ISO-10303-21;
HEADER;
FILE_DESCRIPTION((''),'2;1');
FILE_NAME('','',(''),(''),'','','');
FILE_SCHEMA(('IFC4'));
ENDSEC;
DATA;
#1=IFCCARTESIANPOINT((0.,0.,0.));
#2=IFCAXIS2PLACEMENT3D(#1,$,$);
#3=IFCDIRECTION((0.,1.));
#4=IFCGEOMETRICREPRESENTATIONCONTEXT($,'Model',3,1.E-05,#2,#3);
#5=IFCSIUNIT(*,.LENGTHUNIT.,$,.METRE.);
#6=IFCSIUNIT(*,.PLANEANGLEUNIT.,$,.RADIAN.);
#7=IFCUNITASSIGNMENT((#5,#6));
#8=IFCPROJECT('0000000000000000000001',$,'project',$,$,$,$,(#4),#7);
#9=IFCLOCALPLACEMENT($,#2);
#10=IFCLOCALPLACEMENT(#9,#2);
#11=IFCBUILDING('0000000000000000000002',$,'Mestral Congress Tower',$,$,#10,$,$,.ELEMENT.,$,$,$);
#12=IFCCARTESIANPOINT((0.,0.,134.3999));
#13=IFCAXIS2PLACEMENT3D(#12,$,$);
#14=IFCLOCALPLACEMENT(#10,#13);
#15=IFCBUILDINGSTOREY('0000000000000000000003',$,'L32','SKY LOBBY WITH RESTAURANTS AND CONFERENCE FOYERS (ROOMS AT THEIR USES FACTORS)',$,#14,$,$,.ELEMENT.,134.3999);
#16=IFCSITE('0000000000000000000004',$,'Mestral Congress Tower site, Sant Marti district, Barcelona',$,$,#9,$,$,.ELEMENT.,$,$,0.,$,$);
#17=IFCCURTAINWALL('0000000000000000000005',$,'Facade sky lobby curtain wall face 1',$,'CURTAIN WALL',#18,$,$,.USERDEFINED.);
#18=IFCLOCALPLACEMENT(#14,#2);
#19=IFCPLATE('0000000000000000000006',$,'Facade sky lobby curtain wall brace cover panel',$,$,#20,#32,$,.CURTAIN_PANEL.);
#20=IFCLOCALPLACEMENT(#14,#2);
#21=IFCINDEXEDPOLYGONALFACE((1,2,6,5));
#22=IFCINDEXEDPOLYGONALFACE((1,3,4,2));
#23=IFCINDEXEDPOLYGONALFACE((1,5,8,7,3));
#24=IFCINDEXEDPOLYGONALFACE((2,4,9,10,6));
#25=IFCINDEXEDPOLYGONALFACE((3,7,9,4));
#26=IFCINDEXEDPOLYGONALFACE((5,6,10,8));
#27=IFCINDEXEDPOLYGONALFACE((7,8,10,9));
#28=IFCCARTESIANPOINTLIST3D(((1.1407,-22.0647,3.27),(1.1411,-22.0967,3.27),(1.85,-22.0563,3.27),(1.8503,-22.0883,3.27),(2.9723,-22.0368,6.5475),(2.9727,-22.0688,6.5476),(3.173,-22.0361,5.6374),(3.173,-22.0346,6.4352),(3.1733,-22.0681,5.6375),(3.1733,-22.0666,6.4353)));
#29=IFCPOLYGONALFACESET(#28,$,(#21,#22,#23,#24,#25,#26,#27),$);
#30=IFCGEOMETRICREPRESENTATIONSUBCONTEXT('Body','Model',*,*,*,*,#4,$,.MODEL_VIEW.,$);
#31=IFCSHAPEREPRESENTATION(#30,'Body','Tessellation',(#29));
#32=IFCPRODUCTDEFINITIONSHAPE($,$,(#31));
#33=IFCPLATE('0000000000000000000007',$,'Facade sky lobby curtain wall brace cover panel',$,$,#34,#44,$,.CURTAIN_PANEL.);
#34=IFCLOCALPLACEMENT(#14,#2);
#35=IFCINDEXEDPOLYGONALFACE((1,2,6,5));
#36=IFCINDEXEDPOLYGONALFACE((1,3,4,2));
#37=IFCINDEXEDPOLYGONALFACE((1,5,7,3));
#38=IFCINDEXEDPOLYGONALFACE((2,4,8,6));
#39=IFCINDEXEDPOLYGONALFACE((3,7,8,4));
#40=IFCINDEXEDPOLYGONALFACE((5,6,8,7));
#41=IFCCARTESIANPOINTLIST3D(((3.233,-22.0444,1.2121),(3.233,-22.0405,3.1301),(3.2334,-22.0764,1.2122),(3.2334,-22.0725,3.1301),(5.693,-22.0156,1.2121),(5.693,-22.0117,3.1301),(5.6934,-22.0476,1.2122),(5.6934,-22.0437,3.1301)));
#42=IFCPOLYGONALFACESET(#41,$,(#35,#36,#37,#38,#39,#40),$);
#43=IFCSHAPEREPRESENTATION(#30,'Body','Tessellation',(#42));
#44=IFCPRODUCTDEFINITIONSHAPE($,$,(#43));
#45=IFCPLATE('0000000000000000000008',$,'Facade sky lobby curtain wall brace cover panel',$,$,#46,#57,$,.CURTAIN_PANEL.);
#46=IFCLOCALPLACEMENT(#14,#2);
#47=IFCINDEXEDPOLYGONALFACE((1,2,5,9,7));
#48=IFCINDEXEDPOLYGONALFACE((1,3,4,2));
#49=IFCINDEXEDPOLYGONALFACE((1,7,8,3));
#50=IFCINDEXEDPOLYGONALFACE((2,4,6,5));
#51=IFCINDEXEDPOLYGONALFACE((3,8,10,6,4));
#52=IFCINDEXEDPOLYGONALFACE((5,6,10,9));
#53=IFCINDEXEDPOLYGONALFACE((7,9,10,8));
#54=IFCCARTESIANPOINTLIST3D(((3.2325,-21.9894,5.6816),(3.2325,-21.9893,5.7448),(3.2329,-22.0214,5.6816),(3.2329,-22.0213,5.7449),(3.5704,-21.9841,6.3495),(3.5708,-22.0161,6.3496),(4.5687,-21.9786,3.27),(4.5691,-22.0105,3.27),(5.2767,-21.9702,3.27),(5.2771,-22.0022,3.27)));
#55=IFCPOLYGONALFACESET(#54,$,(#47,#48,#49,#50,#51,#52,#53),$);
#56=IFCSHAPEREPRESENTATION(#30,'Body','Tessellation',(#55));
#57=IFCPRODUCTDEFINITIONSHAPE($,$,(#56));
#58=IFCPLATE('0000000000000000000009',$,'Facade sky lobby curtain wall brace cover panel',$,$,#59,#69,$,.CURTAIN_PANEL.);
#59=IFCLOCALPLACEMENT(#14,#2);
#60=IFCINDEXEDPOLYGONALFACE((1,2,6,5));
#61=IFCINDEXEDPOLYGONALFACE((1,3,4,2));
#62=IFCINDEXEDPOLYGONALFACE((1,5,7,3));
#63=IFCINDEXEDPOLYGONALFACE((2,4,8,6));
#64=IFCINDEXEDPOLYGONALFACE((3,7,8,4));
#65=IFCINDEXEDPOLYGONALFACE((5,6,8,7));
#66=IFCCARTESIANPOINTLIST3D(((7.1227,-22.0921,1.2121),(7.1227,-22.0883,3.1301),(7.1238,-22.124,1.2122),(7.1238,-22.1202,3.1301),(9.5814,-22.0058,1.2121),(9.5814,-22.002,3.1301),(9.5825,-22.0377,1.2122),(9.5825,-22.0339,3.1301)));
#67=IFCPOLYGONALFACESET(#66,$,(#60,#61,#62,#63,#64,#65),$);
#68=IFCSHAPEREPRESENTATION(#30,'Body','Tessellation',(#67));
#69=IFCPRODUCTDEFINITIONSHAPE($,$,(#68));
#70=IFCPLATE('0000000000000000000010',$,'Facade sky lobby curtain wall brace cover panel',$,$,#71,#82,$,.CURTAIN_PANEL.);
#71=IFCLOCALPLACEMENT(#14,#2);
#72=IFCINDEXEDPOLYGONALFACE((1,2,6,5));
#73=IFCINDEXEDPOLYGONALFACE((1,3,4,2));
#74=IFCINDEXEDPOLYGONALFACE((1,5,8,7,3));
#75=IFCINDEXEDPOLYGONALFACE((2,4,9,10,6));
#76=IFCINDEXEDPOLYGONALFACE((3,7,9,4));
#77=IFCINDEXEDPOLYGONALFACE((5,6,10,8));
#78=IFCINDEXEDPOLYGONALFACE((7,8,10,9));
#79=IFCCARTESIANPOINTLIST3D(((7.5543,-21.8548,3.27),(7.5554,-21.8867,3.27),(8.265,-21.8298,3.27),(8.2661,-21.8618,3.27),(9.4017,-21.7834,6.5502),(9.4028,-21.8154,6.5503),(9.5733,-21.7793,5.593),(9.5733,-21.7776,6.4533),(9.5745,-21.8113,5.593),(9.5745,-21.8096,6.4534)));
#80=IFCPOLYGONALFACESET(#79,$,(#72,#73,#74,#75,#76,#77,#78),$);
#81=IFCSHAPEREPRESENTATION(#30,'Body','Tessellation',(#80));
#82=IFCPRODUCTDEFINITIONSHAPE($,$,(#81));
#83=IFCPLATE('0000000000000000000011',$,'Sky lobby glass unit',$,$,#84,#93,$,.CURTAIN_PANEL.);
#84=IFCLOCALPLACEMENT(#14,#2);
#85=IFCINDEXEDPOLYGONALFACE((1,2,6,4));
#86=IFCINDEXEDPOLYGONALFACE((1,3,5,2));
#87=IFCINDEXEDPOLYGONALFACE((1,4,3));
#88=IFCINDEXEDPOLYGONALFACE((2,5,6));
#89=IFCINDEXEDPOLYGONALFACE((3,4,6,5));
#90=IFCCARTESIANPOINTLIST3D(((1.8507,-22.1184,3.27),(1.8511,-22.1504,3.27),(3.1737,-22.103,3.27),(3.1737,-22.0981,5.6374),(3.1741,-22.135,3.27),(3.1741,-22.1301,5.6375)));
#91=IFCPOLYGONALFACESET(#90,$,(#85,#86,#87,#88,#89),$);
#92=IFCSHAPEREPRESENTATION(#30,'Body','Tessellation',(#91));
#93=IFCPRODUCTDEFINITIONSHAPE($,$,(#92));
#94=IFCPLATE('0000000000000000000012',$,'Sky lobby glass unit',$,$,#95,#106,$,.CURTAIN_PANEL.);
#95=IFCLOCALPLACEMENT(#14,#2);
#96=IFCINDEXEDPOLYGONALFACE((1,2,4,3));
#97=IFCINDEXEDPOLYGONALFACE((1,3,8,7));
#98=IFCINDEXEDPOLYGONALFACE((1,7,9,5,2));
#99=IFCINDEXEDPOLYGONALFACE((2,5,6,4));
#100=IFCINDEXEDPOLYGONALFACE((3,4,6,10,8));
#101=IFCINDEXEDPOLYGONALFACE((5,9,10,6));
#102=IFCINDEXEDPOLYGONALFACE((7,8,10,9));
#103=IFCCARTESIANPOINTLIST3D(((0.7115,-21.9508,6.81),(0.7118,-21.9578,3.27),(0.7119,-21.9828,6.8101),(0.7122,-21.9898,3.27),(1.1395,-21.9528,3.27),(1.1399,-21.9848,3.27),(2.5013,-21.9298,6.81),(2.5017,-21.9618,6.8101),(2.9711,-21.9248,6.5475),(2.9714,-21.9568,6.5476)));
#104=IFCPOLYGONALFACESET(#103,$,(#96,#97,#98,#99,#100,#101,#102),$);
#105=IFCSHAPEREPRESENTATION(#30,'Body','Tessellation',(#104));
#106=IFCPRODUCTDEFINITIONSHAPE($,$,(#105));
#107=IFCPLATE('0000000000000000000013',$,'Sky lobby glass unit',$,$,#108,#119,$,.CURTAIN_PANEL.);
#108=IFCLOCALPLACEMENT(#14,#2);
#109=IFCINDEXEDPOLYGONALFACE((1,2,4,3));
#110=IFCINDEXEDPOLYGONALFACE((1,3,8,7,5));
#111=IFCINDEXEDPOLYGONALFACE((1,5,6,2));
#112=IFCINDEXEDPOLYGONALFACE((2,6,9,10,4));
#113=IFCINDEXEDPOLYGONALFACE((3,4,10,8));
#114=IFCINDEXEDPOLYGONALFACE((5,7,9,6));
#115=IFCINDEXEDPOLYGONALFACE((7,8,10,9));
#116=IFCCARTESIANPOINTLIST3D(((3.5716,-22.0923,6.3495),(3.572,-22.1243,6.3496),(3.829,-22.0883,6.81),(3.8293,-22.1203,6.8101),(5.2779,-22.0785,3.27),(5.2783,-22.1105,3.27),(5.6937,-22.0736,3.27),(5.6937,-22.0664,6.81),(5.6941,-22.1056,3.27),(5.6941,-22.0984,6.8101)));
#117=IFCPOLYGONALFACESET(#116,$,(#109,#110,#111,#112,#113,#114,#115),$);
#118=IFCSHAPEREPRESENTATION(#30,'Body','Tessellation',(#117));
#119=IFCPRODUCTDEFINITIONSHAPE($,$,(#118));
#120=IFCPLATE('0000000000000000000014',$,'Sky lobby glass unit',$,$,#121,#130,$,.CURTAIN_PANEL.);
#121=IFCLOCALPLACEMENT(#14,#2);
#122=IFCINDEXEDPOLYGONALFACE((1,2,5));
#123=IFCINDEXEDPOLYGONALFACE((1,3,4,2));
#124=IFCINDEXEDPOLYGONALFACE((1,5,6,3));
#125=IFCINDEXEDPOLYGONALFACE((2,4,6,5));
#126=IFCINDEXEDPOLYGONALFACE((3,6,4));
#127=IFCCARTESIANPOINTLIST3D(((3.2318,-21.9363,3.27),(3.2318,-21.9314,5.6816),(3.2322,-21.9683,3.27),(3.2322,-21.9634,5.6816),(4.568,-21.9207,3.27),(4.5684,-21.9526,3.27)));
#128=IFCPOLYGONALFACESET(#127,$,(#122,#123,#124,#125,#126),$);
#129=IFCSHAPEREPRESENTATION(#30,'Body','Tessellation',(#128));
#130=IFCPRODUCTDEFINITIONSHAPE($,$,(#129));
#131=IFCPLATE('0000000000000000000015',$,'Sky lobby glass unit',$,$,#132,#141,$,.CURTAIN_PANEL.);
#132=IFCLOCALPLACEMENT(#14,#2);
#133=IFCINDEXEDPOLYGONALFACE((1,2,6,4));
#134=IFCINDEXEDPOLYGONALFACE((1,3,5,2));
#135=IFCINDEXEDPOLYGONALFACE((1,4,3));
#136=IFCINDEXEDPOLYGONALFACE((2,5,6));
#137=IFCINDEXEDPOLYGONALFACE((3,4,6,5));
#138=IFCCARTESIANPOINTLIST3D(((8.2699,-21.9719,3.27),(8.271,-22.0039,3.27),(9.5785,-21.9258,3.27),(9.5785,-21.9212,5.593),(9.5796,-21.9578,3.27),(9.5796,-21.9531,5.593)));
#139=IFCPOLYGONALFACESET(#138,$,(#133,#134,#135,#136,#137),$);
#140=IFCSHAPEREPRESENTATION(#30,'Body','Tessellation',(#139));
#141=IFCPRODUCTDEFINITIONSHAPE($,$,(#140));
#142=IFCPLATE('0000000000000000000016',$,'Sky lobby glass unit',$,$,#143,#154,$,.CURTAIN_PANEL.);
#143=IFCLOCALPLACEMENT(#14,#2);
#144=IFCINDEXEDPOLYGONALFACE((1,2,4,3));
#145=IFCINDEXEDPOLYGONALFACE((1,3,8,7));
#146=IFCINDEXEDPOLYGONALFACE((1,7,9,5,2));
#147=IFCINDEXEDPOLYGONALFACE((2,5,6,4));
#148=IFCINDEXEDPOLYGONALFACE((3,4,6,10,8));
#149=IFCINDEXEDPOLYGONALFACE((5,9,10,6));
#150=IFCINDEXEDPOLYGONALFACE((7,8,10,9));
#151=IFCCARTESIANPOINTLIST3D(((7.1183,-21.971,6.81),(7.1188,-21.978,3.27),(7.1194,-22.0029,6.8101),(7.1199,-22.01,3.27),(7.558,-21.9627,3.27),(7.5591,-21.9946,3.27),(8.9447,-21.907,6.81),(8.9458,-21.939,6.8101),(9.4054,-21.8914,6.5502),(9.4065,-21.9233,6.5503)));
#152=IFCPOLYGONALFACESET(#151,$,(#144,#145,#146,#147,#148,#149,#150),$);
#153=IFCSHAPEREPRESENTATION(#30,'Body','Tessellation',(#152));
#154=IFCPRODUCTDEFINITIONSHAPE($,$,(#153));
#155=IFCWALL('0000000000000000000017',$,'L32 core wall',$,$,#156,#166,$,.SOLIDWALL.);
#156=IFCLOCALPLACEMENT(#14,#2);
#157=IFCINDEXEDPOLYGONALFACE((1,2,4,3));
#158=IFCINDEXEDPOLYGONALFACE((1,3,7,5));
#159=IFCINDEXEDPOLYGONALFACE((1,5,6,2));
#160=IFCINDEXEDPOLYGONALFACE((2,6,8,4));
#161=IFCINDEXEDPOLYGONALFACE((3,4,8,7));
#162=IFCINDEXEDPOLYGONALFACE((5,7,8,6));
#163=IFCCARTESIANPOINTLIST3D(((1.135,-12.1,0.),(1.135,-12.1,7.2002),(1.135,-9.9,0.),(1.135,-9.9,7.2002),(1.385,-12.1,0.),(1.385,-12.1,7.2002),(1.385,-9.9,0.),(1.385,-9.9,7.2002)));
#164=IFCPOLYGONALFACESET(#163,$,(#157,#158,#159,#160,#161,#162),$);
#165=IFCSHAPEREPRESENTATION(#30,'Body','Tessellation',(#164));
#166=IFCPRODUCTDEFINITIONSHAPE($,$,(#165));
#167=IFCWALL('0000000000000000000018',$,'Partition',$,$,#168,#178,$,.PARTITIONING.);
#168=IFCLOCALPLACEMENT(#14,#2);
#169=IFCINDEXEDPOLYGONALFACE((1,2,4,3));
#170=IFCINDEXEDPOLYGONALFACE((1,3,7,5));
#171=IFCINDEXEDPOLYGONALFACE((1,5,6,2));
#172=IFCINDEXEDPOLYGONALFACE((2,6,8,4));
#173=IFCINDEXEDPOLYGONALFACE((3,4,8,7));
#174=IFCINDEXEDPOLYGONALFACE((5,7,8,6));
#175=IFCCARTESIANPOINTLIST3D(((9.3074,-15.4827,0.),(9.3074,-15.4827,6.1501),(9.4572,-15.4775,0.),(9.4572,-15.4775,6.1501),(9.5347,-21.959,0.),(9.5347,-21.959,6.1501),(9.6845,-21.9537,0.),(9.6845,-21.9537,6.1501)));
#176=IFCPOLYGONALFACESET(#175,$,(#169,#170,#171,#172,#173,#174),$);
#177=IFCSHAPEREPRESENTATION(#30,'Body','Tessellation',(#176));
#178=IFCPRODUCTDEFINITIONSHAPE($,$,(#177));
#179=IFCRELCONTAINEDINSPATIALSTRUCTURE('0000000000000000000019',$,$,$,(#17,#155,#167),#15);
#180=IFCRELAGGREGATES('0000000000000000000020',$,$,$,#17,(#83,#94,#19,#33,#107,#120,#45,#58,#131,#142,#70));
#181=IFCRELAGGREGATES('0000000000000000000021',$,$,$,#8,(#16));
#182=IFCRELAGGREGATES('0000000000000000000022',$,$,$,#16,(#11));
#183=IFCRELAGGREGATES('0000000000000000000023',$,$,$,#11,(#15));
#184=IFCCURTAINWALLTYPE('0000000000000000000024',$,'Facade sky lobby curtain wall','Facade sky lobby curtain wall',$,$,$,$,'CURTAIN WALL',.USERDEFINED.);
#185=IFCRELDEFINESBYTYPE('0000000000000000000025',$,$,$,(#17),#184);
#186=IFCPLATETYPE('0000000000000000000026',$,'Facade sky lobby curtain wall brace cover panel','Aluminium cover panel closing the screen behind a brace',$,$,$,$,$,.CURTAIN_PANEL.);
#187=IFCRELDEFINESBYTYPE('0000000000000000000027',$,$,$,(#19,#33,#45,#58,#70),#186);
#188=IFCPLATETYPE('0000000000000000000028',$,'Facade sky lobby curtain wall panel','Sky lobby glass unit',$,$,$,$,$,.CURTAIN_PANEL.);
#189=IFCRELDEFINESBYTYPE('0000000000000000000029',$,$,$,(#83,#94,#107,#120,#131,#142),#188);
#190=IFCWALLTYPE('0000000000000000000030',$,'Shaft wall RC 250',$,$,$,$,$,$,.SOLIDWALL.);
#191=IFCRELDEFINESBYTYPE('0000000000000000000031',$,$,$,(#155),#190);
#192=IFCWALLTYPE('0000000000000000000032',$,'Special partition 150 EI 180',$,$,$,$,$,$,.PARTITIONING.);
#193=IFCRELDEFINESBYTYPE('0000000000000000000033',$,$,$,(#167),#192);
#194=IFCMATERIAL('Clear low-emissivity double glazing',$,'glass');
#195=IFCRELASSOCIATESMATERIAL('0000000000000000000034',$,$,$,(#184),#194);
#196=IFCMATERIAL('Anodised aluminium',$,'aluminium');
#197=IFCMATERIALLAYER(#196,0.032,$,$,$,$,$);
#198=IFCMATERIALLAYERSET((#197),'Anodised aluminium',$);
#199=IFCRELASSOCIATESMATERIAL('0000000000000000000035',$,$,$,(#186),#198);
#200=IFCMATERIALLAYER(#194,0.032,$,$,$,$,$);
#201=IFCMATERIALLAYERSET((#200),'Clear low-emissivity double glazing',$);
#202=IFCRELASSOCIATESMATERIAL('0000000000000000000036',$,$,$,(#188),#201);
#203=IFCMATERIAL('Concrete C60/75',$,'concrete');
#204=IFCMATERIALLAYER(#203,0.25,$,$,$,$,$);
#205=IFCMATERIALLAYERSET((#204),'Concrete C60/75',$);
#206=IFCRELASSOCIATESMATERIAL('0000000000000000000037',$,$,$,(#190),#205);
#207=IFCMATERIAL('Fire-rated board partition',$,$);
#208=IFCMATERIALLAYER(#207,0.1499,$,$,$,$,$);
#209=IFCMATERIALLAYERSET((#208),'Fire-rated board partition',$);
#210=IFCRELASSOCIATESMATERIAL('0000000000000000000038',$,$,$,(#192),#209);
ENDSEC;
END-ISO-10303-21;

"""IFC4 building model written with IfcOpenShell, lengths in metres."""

from ifc_helpers import new_model, si_unit, direction, frame, frame_2d, origin, place, context, subcontext, project, spatial, polyline, rectangle, outline, extrude, material, layer, layer_set, type_object, element, aggregate, save


model = new_model("IFC4")

# Units and contexts
model_context = context("Model", 3, precision=1e-05, world=origin(), true_north=direction((0.0, 1.0)))
body_context = subcontext(model_context, "Body", "Model", "MODEL_VIEW")
ifc_project = project(units=[si_unit("LENGTHUNIT", "METRE"), si_unit("PLANEANGLEUNIT", "RADIAN")], contexts=[model_context])

# Site, building, storey
site_placement = place(None, origin())
site = spatial("IfcSite", under=ifc_project, at=site_placement, Name="Mestral Congress Tower site, Sant Marti district, Barcelona", CompositionType="ELEMENT", RefElevation=0.0)
building_placement = place(site_placement, origin())
building = spatial("IfcBuilding", under=site, at=building_placement, Name="Mestral Congress Tower", CompositionType="ELEMENT")
storey_placement = place(building_placement, frame((0.0, 0.0, 134.3999)))
storey = spatial("IfcBuildingStorey", under=building, at=storey_placement, Name="L32", Description="SKY LOBBY WITH RESTAURANTS AND CONFERENCE FOYERS (ROOMS AT THEIR USES FACTORS)", CompositionType="ELEMENT", Elevation=134.3999)

# Curtain wall
ifc_material_1 = material(Name="Clear low-emissivity double glazing", Category="glass")
curtain_wall_type = type_object("IfcCurtainWallType", Name="Facade sky lobby curtain wall", Description="Facade sky lobby curtain wall", ElementType="CURTAIN WALL", PredefinedType="USERDEFINED", material=ifc_material_1)
curtain_wall_placement = place(storey_placement, origin())
curtain_wall = element("IfcCurtainWall", 1, at=curtain_wall_placement, inside=storey, type_object=curtain_wall_type, Name="Facade sky lobby curtain wall face 1", ObjectType="CURTAIN WALL", PredefinedType="USERDEFINED")
ifc_material_2 = material(Name="Anodised aluminium", Category="aluminium")

# Plates
ifc_layer_1 = layer(ifc_material_2, 0.032)
ifc_layer_set_1 = layer_set([ifc_layer_1], Name="Anodised aluminium")
plate_type_1 = type_object("IfcPlateType", Name="Facade sky lobby curtain wall brace cover panel", Description="Aluminium cover panel closing the screen behind a brace", PredefinedType="CURTAIN_PANEL", material=ifc_layer_set_1)
plate_1_placement = place(storey_placement, frame((3.1733, -22.0681, 5.6375), z_axis=(0.011839, -0.999928, 0.001904), x_axis=(-0.487814, -0.007438, -0.872916)))
plate_1 = element("IfcPlate", 2, at=plate_1_placement, type_object=plate_type_1, Name="Facade sky lobby curtain wall brace cover panel", PredefinedType="CURTAIN_PANEL", context=body_context, shape_type="SweptSolid", body=[
    extrude(outline(polyline([(0.0, 0.0), (2.7121, 0.0), (3.0581, -0.6191), (-0.6966, -0.6192), (-0.6965, -0.3892), (0.0, 0.0)])), origin(), (0.0, 0.0, -1.0), 0.032),
])
plate_2_placement = place(storey_placement, frame((5.6934, -22.0437, 3.1301), z_axis=(0.01171, -0.999929, 0.002037), x_axis=(0.0, -0.002037, -0.999998)))
plate_2 = element("IfcPlate", 3, at=plate_2_placement, type_object=plate_type_1, Name="Facade sky lobby curtain wall brace cover panel", PredefinedType="CURTAIN_PANEL", context=body_context, shape_type="SweptSolid", body=[
    extrude(outline(polyline([(0.0, 0.0), (1.918, 0.0), (1.918, -2.4601), (0.0001, -2.4601), (0.0, 0.0)])), origin(), (0.0, 0.0, -1.0), 0.032),
])
plate_3_placement = place(storey_placement, frame((5.2771, -22.0022, 3.27), z_axis=(0.011774, -0.999929, 0.00201), x_axis=(-0.999931, -0.011774, 0.0)))
plate_3 = element("IfcPlate", 4, at=plate_3_placement, type_object=plate_type_1, Name="Facade sky lobby curtain wall brace cover panel", PredefinedType="CURTAIN_PANEL", context=body_context, shape_type="SweptSolid", body=[
    extrude(outline(polyline([(0.0, 0.0), (0.7081, 0.0), (2.0443, -2.4116), (2.0443, -2.4749), (1.7063, -3.0796), (0.0, 0.0)])), origin(), (0.0, 0.0, -1.0), 0.032),
])
plate_4_placement = place(storey_placement, frame((9.5825, -22.0339, 3.1301), z_axis=(0.035079, -0.999383, 0.001972), x_axis=(-0.000002, -0.001973, -0.999998)))
plate_4 = element("IfcPlate", 5, at=plate_4_placement, type_object=plate_type_1, Name="Facade sky lobby curtain wall brace cover panel", PredefinedType="CURTAIN_PANEL", context=body_context, shape_type="SweptSolid", body=[
    extrude(outline(polyline([(0.0, 0.0), (1.918, 0.0), (1.9181, -2.4603), (0.0002, -2.4603), (0.0, 0.0)])), origin(), (0.0, 0.0, -1.0), 0.032),
])
plate_5_placement = place(storey_placement, frame((9.5745, -21.8113, 5.593), z_axis=(0.035065, -0.999383, 0.001983), x_axis=(-0.490647, -0.018944, -0.871152)))
plate_5 = element("IfcPlate", 6, at=plate_5_placement, type_object=plate_type_1, Name="Facade sky lobby curtain wall brace cover panel", PredefinedType="CURTAIN_PANEL", context=body_context, shape_type="SweptSolid", body=[
    extrude(outline(polyline([(0.0, 0.0), (2.6666, 0.0), (3.0158, -0.6195), (-0.7496, -0.6196), (-0.7495, -0.4224), (0.0, 0.0)])), origin(), (0.0, 0.0, -1.0), 0.032),
])
ifc_layer_2 = layer(ifc_material_1, 0.032)
ifc_layer_set_2 = layer_set([ifc_layer_2], Name="Clear low-emissivity double glazing")
plate_type_2 = type_object("IfcPlateType", Name="Facade sky lobby curtain wall panel", Description="Sky lobby glass unit", PredefinedType="CURTAIN_PANEL", material=ifc_layer_set_2)
plate_6_placement = place(storey_placement, frame((3.1741, -22.135, 3.27), z_axis=(0.011625, -0.99993, 0.002062), x_axis=(-0.999932, -0.011625, 0.0)))
plate_6 = element("IfcPlate", 7, at=plate_6_placement, type_object=plate_type_2, Name="Sky lobby glass unit", PredefinedType="CURTAIN_PANEL", context=body_context, shape_type="SweptSolid", body=[
    extrude(outline(polyline([(0.0, 0.0), (1.3231, 0.0), (-0.0001, -2.3674), (0.0, 0.0)])), origin(), (0.0, 0.0, -1.0), 0.032),
])
plate_7_placement = place(storey_placement, frame((2.9714, -21.9568, 6.5476), z_axis=(0.01173, -0.999929, 0.00199), x_axis=(-0.487797, -0.007459, -0.872925)))
plate_7 = element("IfcPlate", 8, at=plate_7_placement, type_object=plate_type_2, Name="Sky lobby glass unit", PredefinedType="CURTAIN_PANEL", context=body_context, shape_type="SweptSolid", body=[
    extrude(outline(polyline([(0.0, 0.0), (3.7547, 0.0), (3.9634, -0.3734), (0.8733, -2.1006), (0.0001, -0.5381), (0.0, 0.0)])), origin(), (0.0, 0.0, -1.0), 0.032),
])
plate_8_placement = place(storey_placement, frame((5.6941, -22.0984, 6.8101), z_axis=(0.011748, -0.999929, 0.002043), x_axis=(0.000001, -0.002043, -0.999998)))
plate_8 = element("IfcPlate", 9, at=plate_8_placement, type_object=plate_type_2, Name="Sky lobby glass unit", PredefinedType="CURTAIN_PANEL", context=body_context, shape_type="SweptSolid", body=[
    extrude(outline(polyline([(0.0, 0.0), (3.54, 0.0), (3.5401, -0.4158), (0.4605, -2.1222), (0.0, -1.8649), (0.0, 0.0)])), origin(), (0.0, 0.0, -1.0), 0.032),
])
plate_9_placement = place(storey_placement, frame((3.2322, -21.9683, 3.27), z_axis=(0.011693, -0.99993, 0.002025), x_axis=(0.0, 0.002025, 0.999998)))
plate_9 = element("IfcPlate", 10, at=plate_9_placement, type_object=plate_type_2, Name="Sky lobby glass unit", PredefinedType="CURTAIN_PANEL", context=body_context, shape_type="SweptSolid", body=[
    extrude(outline(polyline([(0.0, 0.0), (2.4116, 0.0), (0.0, -1.3363), (0.0, 0.0)])), origin(), (0.0, 0.0, -1.0), 0.032),
])
plate_10_placement = place(storey_placement, frame((9.5796, -21.9578, 3.27), z_axis=(0.035239, -0.999377, 0.001996), x_axis=(-0.999379, -0.035239, 0.0)))
plate_10 = element("IfcPlate", 11, at=plate_10_placement, type_object=plate_type_2, Name="Sky lobby glass unit", PredefinedType="CURTAIN_PANEL", context=body_context, shape_type="SweptSolid", body=[
    extrude(outline(polyline([(0.0, 0.0), (1.3094, 0.0), (-0.0002, -2.323), (0.0, 0.0)])), origin(), (0.0, 0.0, -1.0), 0.032),
])
plate_11_placement = place(storey_placement, frame((9.4065, -21.9233, 6.5503), z_axis=(0.035004, -0.999385, 0.002002), x_axis=(-0.490629, -0.01893, -0.871163)))
plate_11 = element("IfcPlate", 12, at=plate_11_placement, type_object=plate_type_2, Name="Sky lobby glass unit", PredefinedType="CURTAIN_PANEL", context=body_context, shape_type="SweptSolid", body=[
    extrude(outline(polyline([(0.0, 0.0), (3.7654, 0.0), (3.9812, -0.3829), (0.8973, -2.1212), (0.0, -0.5291), (0.0, 0.0)])), origin(), (0.0, 0.0, -1.0), 0.032),
])
aggregate(curtain_wall, [plate_6, plate_7, plate_1, plate_2, plate_8, plate_9, plate_3, plate_4, plate_10, plate_11, plate_5])

# Walls
ifc_material_3 = material(Name="Concrete C60/75", Category="concrete")
ifc_layer_3 = layer(ifc_material_3, 0.25)
ifc_layer_set_3 = layer_set([ifc_layer_3], Name="Concrete C60/75")
wall_type_1 = type_object("IfcWallType", Name="Shaft wall RC 250", PredefinedType="SOLIDWALL", material=ifc_layer_set_3)
wall_1_placement = place(storey_placement, frame((1.26, -12.1001, 0.0), z_axis=(0.0, 0.0, 1.0), x_axis=(0.0, 1.0, 0.0)))
element("IfcWall", 13, at=wall_1_placement, inside=storey, type_object=wall_type_1, Name="L32 core wall", PredefinedType="SOLIDWALL", context=body_context, shape_type="SweptSolid", body=[
    extrude(rectangle(XDim=2.2, YDim=0.25, at=frame_2d((1.1001, 0.0))), origin(), (0.0, 0.0, 1.0), 7.2002),
])
ifc_material_4 = material(Name="Fire-rated board partition")
ifc_layer_4 = layer(ifc_material_4, 0.1499)
ifc_layer_set_4 = layer_set([ifc_layer_4], Name="Fire-rated board partition")
wall_type_2 = type_object("IfcWallType", Name="Special partition 150 EI 180", PredefinedType="PARTITIONING", material=ifc_layer_set_4)
wall_2_placement = place(storey_placement, frame((9.3823, -15.48, 0.0), z_axis=(0.0, 0.0, 1.0), x_axis=(0.035075, -0.999385, 0.0)))
element("IfcWall", 14, at=wall_2_placement, inside=storey, type_object=wall_type_2, Name="Partition", PredefinedType="PARTITIONING", context=body_context, shape_type="SweptSolid", body=[
    extrude(rectangle(XDim=6.4802, YDim=0.1499, at=frame_2d((3.2402, 0.0))), origin(), (0.0, 0.0, 1.0), 6.1501),
])

save(model, "model.ifc")
